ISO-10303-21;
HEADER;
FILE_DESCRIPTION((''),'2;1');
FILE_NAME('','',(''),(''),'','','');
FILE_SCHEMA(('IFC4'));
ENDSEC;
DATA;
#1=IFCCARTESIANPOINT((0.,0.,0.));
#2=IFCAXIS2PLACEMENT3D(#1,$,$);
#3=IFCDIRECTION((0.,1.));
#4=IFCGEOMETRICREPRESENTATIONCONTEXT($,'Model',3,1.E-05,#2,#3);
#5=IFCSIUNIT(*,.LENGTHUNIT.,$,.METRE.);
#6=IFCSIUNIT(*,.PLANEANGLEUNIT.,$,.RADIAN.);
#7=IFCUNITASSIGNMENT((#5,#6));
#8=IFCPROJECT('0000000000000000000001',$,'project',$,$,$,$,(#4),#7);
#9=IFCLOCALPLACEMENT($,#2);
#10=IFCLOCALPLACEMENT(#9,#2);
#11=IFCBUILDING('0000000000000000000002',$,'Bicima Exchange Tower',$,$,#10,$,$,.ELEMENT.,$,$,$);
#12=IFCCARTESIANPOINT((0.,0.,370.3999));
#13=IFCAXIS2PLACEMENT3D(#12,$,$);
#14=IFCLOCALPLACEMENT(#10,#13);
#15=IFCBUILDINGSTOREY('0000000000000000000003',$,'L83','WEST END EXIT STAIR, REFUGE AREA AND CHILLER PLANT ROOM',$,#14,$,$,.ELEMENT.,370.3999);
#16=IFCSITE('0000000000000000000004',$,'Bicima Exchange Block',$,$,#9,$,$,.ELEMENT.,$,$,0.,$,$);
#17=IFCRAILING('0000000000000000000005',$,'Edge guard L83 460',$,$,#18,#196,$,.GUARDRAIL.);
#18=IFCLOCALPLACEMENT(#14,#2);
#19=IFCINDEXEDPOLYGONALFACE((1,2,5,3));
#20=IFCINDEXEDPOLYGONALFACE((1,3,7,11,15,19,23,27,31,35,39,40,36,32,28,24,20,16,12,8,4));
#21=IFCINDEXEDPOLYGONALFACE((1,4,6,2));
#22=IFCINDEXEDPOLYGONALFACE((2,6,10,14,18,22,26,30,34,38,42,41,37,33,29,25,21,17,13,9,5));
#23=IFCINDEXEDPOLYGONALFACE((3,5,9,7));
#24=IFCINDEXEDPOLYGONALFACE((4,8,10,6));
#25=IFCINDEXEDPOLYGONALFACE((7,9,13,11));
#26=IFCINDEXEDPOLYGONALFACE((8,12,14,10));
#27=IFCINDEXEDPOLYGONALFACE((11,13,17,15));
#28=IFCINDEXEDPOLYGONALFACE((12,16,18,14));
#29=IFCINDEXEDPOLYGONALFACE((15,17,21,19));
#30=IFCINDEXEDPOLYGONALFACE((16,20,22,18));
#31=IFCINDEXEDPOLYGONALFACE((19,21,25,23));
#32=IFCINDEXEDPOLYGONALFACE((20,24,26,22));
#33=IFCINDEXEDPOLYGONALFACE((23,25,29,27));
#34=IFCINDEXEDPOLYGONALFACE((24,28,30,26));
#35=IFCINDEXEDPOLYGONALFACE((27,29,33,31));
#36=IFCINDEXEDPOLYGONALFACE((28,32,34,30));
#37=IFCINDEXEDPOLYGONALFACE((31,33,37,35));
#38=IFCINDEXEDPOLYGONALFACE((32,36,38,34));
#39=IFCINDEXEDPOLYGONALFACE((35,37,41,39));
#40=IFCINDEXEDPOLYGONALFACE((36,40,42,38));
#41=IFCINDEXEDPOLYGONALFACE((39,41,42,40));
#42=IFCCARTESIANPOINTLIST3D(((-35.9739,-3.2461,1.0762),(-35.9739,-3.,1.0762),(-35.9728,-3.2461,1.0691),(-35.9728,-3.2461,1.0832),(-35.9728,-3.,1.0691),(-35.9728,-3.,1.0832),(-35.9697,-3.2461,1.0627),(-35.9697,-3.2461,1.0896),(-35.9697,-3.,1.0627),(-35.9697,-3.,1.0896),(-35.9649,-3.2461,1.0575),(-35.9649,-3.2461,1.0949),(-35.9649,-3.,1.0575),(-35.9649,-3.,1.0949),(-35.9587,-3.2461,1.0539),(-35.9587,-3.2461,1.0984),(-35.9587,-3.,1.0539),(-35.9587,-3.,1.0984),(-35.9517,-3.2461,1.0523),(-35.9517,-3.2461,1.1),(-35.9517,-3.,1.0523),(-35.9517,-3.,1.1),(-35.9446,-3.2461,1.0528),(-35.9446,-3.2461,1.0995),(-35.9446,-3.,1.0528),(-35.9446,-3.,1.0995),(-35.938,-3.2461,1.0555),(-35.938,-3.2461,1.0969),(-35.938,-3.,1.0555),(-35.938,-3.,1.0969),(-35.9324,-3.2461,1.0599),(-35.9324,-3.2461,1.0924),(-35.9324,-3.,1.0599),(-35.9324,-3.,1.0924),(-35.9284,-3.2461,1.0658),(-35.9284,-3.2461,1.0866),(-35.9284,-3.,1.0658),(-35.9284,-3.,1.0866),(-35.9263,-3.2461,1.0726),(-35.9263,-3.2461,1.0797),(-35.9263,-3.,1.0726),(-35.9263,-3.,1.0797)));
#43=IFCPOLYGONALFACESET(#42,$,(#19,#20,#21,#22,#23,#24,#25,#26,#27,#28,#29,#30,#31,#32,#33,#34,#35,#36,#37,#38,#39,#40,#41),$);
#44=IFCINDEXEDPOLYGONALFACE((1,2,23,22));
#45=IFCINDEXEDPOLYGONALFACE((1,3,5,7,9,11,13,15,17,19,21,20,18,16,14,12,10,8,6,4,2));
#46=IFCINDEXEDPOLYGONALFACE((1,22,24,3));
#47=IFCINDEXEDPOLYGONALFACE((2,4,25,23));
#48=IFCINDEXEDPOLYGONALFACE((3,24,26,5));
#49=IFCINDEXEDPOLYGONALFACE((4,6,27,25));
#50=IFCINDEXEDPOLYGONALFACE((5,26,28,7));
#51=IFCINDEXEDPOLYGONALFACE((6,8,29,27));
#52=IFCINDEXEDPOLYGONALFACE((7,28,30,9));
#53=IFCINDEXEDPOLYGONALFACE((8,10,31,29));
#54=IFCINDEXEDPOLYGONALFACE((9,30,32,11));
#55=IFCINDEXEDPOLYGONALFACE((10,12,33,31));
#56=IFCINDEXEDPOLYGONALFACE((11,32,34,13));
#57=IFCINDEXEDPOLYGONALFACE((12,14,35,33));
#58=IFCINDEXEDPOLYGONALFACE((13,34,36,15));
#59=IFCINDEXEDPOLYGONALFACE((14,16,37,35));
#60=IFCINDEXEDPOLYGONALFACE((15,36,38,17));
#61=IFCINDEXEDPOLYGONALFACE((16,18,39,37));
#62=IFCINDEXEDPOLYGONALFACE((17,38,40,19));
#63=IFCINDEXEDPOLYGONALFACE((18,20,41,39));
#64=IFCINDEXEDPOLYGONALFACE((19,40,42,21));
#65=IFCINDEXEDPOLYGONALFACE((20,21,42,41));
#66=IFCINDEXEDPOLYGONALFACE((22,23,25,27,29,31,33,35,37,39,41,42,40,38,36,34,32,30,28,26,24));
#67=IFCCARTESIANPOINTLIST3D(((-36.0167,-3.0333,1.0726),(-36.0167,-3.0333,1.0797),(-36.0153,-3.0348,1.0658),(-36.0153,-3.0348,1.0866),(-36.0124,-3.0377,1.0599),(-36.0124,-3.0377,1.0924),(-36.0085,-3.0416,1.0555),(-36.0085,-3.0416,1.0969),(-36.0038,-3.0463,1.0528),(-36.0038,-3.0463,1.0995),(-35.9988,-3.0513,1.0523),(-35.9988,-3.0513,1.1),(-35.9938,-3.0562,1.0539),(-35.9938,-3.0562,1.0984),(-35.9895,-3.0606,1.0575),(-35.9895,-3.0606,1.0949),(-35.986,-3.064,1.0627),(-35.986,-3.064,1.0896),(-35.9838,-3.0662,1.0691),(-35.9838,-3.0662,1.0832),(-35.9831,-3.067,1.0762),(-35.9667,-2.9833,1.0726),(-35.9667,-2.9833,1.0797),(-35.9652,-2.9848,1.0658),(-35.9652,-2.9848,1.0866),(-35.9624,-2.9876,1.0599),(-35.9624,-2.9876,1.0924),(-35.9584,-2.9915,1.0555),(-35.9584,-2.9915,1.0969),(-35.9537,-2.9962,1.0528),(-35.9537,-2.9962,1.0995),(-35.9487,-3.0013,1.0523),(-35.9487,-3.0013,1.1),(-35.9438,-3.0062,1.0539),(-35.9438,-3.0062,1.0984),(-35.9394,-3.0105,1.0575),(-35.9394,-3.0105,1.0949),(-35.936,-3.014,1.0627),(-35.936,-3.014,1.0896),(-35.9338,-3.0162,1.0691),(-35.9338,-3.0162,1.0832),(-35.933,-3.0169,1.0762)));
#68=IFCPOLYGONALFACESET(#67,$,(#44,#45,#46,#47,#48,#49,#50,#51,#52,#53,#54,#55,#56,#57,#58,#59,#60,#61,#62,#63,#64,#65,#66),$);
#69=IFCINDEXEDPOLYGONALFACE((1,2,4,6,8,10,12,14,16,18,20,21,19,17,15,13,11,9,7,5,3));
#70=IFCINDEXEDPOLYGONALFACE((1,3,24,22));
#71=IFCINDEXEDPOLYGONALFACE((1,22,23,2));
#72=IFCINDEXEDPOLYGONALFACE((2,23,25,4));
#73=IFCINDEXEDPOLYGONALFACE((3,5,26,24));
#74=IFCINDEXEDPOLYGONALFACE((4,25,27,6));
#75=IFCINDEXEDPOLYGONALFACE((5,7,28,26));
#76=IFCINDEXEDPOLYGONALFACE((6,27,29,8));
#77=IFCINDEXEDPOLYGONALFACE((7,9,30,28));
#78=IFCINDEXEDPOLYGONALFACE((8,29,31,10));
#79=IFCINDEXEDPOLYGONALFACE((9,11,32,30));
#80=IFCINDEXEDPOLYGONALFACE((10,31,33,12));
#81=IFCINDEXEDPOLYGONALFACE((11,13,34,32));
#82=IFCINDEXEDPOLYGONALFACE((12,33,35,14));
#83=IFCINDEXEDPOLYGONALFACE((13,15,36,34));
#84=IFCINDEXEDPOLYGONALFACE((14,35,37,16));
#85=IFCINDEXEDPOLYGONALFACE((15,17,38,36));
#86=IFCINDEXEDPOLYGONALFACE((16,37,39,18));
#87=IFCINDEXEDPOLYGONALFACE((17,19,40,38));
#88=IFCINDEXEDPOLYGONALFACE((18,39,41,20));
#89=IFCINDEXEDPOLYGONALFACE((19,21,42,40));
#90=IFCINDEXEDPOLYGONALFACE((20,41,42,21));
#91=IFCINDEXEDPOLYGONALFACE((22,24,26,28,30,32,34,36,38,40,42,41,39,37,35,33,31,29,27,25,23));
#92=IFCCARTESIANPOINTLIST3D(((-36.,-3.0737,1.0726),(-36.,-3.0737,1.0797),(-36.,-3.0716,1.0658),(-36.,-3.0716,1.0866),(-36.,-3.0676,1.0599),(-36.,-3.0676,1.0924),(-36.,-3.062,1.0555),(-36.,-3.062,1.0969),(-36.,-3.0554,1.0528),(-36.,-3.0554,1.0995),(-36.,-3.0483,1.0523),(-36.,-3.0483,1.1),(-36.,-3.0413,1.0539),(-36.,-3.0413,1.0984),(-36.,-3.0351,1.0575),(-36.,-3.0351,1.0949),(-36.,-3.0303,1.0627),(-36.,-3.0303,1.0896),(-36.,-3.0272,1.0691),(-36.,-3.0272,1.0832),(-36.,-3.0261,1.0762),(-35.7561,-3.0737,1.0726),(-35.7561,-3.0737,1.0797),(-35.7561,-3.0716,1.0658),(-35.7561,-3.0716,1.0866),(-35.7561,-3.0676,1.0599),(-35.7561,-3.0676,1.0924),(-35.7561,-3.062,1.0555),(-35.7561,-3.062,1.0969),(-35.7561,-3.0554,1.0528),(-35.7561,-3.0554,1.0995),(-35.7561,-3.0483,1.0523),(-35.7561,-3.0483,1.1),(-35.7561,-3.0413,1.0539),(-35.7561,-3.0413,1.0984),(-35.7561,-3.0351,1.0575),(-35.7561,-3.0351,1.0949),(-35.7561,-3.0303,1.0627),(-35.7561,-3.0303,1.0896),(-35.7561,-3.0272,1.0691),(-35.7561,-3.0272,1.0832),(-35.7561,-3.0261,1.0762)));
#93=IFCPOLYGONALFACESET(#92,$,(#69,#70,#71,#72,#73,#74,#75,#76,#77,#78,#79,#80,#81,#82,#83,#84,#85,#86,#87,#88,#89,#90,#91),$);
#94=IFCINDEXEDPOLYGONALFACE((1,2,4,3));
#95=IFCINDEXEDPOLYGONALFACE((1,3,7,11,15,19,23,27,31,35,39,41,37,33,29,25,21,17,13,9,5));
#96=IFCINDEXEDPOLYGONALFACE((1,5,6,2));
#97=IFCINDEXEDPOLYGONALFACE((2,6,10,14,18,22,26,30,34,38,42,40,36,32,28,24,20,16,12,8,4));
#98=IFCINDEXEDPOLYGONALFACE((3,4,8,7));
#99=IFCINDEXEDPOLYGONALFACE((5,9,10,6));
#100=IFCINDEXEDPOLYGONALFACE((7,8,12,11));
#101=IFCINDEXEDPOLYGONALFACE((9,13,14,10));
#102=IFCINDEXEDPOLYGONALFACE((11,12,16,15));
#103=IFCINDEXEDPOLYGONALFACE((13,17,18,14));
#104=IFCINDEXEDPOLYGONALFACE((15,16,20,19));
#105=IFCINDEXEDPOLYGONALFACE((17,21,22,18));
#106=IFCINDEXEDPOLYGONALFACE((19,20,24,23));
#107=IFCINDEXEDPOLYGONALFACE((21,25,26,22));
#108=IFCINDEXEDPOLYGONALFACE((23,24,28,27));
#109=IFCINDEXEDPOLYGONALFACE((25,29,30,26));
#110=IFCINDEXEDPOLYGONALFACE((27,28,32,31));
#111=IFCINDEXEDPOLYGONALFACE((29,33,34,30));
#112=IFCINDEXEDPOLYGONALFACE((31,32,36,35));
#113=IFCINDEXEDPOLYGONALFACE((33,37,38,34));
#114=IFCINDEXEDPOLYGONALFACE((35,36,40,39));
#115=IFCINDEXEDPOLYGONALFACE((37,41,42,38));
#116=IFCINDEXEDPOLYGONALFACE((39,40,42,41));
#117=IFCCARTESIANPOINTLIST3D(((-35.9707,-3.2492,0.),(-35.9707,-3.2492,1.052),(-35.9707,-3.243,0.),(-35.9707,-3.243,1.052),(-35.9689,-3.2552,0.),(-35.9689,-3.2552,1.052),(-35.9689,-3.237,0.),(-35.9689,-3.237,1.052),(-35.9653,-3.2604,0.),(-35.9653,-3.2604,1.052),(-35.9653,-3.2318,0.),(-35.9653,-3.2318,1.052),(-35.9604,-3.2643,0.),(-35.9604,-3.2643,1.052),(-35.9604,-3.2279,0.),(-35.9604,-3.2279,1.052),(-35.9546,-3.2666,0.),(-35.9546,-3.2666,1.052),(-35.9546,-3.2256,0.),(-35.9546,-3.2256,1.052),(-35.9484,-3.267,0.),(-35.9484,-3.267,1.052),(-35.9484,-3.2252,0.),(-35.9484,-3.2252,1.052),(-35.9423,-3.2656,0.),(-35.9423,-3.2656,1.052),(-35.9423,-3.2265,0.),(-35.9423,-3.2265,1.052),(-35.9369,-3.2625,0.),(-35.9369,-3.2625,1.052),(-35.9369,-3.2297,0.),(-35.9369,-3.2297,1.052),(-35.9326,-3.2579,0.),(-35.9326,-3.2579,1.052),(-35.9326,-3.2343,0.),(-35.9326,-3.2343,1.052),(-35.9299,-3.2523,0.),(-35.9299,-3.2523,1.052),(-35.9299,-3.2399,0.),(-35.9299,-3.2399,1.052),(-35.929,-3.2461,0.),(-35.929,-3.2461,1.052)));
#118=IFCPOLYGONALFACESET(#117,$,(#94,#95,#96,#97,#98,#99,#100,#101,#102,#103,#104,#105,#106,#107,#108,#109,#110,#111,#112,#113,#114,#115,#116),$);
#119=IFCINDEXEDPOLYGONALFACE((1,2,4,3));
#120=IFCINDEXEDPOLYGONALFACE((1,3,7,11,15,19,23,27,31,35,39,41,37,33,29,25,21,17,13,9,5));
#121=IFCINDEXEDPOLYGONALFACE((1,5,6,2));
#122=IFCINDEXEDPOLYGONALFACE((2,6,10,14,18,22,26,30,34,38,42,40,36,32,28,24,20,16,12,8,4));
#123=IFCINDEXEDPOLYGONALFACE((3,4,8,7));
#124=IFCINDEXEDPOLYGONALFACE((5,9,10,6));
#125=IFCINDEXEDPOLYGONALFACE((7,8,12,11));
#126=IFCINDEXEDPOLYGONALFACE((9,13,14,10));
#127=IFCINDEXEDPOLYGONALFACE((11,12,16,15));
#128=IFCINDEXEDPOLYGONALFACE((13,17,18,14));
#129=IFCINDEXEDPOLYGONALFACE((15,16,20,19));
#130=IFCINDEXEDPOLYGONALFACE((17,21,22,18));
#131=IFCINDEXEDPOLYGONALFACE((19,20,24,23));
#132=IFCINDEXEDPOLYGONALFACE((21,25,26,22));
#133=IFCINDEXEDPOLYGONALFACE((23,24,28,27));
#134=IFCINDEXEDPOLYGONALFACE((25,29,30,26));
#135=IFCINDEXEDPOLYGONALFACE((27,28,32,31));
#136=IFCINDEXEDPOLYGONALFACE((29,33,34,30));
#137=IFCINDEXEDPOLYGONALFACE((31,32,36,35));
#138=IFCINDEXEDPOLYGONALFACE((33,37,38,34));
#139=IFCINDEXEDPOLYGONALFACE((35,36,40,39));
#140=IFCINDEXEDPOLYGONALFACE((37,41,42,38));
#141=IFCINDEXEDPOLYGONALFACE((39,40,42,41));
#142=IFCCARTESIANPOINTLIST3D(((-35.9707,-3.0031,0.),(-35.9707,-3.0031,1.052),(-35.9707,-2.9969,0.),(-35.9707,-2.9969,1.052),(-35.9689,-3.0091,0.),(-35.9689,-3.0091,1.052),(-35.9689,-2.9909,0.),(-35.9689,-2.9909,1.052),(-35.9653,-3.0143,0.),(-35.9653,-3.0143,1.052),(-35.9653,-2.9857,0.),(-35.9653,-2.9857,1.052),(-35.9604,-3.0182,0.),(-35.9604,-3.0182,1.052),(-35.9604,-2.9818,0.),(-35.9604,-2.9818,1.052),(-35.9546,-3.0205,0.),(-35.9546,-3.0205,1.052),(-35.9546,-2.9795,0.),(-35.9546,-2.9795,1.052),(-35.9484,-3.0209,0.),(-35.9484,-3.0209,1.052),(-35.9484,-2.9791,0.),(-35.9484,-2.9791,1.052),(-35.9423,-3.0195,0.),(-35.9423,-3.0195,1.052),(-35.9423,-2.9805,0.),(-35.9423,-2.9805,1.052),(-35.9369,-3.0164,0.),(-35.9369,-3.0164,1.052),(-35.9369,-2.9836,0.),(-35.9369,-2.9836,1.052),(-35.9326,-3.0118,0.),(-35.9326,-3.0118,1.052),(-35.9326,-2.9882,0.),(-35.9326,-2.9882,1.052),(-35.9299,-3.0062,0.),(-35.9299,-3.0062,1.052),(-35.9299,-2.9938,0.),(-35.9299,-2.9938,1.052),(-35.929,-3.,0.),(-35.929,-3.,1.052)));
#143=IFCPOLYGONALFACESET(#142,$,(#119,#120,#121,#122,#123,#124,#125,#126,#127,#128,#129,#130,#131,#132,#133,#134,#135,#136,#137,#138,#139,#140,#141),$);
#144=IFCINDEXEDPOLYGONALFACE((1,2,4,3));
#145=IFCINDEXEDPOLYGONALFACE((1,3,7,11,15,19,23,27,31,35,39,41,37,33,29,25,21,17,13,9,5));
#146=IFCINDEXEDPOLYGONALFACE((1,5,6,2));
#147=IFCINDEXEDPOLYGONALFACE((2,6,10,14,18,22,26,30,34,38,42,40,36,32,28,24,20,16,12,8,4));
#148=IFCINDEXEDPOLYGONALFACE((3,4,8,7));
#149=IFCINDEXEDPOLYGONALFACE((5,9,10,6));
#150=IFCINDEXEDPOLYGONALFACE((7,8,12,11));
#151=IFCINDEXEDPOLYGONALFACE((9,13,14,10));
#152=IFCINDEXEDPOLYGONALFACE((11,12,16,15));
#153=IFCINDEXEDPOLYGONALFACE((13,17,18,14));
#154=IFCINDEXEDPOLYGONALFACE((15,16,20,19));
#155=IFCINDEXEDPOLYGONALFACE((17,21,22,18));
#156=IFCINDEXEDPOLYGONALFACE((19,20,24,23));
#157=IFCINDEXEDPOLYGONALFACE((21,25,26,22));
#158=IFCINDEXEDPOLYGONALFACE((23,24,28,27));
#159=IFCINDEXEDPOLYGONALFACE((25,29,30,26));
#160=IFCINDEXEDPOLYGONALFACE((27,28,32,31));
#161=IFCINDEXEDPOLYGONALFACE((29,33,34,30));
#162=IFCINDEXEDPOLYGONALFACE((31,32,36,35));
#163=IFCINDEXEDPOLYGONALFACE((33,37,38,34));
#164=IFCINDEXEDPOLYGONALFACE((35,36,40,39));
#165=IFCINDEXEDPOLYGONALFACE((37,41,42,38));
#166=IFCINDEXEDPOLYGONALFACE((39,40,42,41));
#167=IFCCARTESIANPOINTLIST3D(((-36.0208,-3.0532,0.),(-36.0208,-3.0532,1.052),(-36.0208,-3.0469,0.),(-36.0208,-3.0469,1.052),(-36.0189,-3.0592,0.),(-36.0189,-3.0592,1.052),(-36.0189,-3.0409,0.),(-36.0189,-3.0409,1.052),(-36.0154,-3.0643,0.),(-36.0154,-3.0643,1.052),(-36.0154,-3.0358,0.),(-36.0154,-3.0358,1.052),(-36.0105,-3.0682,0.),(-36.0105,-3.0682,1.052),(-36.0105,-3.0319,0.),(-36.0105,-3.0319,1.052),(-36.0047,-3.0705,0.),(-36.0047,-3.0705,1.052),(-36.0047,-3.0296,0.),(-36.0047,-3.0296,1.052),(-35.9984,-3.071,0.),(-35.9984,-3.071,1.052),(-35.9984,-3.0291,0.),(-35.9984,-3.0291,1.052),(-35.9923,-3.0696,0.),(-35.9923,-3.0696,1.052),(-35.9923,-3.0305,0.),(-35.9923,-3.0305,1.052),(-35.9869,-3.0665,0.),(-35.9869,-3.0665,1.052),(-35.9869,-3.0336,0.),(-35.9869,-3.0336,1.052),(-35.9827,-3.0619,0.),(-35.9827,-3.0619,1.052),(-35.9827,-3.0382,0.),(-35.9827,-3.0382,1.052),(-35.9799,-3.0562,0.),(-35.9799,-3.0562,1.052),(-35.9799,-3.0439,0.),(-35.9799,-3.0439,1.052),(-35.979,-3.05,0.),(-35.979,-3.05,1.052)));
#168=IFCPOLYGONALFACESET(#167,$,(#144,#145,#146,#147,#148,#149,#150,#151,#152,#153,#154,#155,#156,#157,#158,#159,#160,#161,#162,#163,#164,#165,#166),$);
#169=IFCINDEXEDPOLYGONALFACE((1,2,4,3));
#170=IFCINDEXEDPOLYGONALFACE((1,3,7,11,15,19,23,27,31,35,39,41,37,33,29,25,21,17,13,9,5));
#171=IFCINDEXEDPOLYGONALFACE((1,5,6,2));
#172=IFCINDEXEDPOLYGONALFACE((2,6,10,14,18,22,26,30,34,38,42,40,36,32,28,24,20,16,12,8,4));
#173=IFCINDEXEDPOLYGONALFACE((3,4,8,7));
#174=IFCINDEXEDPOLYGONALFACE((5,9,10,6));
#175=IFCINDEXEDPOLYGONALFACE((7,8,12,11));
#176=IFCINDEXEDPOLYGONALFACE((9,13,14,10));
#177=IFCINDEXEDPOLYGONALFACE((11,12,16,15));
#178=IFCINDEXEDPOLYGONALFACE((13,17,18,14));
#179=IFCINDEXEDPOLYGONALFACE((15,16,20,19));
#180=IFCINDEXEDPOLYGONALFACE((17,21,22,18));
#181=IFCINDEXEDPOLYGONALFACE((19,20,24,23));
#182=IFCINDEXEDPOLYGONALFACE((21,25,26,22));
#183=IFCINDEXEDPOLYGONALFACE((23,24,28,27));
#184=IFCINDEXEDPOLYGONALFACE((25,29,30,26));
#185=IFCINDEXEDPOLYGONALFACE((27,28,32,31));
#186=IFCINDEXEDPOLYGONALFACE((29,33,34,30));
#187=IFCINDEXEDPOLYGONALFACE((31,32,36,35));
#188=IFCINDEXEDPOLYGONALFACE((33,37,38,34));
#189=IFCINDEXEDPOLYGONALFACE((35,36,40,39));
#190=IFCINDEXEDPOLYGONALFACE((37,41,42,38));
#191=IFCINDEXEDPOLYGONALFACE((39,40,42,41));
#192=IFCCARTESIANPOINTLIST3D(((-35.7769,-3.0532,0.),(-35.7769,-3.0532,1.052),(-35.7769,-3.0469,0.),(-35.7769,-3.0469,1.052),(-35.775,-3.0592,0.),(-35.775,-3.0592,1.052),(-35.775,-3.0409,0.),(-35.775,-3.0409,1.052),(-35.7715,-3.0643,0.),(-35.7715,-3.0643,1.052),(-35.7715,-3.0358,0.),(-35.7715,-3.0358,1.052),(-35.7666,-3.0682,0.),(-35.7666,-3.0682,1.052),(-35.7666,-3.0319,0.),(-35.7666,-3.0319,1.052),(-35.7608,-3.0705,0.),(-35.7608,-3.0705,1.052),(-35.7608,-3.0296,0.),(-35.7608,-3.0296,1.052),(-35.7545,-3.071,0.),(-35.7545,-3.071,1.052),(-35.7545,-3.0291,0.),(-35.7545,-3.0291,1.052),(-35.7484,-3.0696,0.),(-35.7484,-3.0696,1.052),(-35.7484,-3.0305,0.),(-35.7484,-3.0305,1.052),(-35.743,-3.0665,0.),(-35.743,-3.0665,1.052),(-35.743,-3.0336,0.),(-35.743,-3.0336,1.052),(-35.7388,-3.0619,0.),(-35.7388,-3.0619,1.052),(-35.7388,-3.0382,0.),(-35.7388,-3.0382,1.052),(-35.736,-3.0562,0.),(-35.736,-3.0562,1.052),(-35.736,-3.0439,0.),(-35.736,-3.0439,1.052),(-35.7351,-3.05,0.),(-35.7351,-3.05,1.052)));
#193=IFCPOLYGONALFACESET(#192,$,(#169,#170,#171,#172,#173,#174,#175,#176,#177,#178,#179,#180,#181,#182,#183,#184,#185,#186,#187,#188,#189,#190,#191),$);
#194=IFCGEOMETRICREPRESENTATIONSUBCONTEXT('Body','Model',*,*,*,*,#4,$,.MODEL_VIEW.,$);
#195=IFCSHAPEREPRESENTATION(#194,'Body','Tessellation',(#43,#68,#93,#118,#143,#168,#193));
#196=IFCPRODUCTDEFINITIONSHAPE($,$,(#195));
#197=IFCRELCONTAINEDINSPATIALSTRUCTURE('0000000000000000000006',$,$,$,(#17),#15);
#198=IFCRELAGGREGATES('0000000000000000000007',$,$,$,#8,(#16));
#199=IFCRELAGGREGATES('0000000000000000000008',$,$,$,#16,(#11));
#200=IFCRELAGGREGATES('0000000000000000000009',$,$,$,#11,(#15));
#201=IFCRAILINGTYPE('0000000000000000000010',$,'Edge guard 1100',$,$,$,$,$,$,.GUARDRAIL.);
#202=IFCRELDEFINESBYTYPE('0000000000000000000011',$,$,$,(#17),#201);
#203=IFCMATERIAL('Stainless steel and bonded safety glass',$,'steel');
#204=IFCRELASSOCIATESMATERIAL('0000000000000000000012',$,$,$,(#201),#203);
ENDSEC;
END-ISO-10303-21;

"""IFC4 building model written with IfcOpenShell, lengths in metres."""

from ifc_helpers import new_model, si_unit, direction, frame, origin, origin_2d, place, context, subcontext, project, spatial, circle, extrude, material, type_object, element, save


model = new_model("IFC4")

# Units and contexts
model_context = context("Model", 3, precision=1e-05, world=origin(), true_north=direction((0.0, 1.0)))
body_context = subcontext(model_context, "Body", "Model", "MODEL_VIEW")
ifc_project = project(units=[si_unit("LENGTHUNIT", "METRE"), si_unit("PLANEANGLEUNIT", "RADIAN")], contexts=[model_context])

# Site, building, storey
site_placement = place(None, origin())
site = spatial("IfcSite", under=ifc_project, at=site_placement, Name="Bicima Exchange Block", CompositionType="ELEMENT", RefElevation=0.0)
building_placement = place(site_placement, origin())
building = spatial("IfcBuilding", under=site, at=building_placement, Name="Bicima Exchange Tower", CompositionType="ELEMENT")
storey_placement = place(building_placement, frame((0.0, 0.0, 370.3999)))
storey = spatial("IfcBuildingStorey", under=building, at=storey_placement, Name="L83", Description="WEST END EXIT STAIR, REFUGE AREA AND CHILLER PLANT ROOM", CompositionType="ELEMENT", Elevation=370.3999)

# Railing
ifc_material_1 = material(Name="Stainless steel and bonded safety glass", Category="steel")
railing_type = type_object("IfcRailingType", Name="Edge guard 1100", PredefinedType="GUARDRAIL", material=ifc_material_1)
railing_1_placement = place(storey_placement, frame((-35.95, -3.2461, 0.0)))
element("IfcRailing", 1, at=railing_1_placement, inside=storey, type_object=railing_type, Name="Edge guard L83 460", PredefinedType="GUARDRAIL", context=body_context, shape_type="SweptSolid", body=[
    extrude(circle(Radius=0.0239, at=origin_2d()), frame((0.0, 0.0, 1.0762), z_axis=(0.0, 1.0, 0.0), x_axis=(-1.0, 0.0, 0.0)), (0.0, 0.0, 1.0), 0.2461),
    extrude(circle(Radius=0.0239, at=origin_2d()), frame((0.0, 0.2461, 1.0762), z_axis=(-0.707107, -0.707107, 0.0), x_axis=(0.707107, -0.707107, 0.0)), (0.0, 0.0, 1.0), 0.0708),
    extrude(circle(Radius=0.0239, at=origin_2d()), frame((-0.05, 0.196, 1.0762), z_axis=(1.0, 0.0, 0.0), x_axis=(0.0, 1.0, 0.0)), (0.0, 0.0, 1.0), 0.2439),
    extrude(circle(Radius=0.021, at=origin_2d()), origin(), (0.0, 0.0, 1.0), 1.052),
    extrude(circle(Radius=0.021, at=origin_2d()), frame((0.0, 0.2461, 0.0)), (0.0, 0.0, 1.0), 1.052),
    extrude(circle(Radius=0.021, at=origin_2d()), frame((-0.05, 0.196, 0.0)), (0.0, 0.0, 1.0), 1.052),
    extrude(circle(Radius=0.021, at=origin_2d()), frame((0.1938, 0.196, 0.0)), (0.0, 0.0, 1.0), 1.052),
])

save(model, "model.ifc")
